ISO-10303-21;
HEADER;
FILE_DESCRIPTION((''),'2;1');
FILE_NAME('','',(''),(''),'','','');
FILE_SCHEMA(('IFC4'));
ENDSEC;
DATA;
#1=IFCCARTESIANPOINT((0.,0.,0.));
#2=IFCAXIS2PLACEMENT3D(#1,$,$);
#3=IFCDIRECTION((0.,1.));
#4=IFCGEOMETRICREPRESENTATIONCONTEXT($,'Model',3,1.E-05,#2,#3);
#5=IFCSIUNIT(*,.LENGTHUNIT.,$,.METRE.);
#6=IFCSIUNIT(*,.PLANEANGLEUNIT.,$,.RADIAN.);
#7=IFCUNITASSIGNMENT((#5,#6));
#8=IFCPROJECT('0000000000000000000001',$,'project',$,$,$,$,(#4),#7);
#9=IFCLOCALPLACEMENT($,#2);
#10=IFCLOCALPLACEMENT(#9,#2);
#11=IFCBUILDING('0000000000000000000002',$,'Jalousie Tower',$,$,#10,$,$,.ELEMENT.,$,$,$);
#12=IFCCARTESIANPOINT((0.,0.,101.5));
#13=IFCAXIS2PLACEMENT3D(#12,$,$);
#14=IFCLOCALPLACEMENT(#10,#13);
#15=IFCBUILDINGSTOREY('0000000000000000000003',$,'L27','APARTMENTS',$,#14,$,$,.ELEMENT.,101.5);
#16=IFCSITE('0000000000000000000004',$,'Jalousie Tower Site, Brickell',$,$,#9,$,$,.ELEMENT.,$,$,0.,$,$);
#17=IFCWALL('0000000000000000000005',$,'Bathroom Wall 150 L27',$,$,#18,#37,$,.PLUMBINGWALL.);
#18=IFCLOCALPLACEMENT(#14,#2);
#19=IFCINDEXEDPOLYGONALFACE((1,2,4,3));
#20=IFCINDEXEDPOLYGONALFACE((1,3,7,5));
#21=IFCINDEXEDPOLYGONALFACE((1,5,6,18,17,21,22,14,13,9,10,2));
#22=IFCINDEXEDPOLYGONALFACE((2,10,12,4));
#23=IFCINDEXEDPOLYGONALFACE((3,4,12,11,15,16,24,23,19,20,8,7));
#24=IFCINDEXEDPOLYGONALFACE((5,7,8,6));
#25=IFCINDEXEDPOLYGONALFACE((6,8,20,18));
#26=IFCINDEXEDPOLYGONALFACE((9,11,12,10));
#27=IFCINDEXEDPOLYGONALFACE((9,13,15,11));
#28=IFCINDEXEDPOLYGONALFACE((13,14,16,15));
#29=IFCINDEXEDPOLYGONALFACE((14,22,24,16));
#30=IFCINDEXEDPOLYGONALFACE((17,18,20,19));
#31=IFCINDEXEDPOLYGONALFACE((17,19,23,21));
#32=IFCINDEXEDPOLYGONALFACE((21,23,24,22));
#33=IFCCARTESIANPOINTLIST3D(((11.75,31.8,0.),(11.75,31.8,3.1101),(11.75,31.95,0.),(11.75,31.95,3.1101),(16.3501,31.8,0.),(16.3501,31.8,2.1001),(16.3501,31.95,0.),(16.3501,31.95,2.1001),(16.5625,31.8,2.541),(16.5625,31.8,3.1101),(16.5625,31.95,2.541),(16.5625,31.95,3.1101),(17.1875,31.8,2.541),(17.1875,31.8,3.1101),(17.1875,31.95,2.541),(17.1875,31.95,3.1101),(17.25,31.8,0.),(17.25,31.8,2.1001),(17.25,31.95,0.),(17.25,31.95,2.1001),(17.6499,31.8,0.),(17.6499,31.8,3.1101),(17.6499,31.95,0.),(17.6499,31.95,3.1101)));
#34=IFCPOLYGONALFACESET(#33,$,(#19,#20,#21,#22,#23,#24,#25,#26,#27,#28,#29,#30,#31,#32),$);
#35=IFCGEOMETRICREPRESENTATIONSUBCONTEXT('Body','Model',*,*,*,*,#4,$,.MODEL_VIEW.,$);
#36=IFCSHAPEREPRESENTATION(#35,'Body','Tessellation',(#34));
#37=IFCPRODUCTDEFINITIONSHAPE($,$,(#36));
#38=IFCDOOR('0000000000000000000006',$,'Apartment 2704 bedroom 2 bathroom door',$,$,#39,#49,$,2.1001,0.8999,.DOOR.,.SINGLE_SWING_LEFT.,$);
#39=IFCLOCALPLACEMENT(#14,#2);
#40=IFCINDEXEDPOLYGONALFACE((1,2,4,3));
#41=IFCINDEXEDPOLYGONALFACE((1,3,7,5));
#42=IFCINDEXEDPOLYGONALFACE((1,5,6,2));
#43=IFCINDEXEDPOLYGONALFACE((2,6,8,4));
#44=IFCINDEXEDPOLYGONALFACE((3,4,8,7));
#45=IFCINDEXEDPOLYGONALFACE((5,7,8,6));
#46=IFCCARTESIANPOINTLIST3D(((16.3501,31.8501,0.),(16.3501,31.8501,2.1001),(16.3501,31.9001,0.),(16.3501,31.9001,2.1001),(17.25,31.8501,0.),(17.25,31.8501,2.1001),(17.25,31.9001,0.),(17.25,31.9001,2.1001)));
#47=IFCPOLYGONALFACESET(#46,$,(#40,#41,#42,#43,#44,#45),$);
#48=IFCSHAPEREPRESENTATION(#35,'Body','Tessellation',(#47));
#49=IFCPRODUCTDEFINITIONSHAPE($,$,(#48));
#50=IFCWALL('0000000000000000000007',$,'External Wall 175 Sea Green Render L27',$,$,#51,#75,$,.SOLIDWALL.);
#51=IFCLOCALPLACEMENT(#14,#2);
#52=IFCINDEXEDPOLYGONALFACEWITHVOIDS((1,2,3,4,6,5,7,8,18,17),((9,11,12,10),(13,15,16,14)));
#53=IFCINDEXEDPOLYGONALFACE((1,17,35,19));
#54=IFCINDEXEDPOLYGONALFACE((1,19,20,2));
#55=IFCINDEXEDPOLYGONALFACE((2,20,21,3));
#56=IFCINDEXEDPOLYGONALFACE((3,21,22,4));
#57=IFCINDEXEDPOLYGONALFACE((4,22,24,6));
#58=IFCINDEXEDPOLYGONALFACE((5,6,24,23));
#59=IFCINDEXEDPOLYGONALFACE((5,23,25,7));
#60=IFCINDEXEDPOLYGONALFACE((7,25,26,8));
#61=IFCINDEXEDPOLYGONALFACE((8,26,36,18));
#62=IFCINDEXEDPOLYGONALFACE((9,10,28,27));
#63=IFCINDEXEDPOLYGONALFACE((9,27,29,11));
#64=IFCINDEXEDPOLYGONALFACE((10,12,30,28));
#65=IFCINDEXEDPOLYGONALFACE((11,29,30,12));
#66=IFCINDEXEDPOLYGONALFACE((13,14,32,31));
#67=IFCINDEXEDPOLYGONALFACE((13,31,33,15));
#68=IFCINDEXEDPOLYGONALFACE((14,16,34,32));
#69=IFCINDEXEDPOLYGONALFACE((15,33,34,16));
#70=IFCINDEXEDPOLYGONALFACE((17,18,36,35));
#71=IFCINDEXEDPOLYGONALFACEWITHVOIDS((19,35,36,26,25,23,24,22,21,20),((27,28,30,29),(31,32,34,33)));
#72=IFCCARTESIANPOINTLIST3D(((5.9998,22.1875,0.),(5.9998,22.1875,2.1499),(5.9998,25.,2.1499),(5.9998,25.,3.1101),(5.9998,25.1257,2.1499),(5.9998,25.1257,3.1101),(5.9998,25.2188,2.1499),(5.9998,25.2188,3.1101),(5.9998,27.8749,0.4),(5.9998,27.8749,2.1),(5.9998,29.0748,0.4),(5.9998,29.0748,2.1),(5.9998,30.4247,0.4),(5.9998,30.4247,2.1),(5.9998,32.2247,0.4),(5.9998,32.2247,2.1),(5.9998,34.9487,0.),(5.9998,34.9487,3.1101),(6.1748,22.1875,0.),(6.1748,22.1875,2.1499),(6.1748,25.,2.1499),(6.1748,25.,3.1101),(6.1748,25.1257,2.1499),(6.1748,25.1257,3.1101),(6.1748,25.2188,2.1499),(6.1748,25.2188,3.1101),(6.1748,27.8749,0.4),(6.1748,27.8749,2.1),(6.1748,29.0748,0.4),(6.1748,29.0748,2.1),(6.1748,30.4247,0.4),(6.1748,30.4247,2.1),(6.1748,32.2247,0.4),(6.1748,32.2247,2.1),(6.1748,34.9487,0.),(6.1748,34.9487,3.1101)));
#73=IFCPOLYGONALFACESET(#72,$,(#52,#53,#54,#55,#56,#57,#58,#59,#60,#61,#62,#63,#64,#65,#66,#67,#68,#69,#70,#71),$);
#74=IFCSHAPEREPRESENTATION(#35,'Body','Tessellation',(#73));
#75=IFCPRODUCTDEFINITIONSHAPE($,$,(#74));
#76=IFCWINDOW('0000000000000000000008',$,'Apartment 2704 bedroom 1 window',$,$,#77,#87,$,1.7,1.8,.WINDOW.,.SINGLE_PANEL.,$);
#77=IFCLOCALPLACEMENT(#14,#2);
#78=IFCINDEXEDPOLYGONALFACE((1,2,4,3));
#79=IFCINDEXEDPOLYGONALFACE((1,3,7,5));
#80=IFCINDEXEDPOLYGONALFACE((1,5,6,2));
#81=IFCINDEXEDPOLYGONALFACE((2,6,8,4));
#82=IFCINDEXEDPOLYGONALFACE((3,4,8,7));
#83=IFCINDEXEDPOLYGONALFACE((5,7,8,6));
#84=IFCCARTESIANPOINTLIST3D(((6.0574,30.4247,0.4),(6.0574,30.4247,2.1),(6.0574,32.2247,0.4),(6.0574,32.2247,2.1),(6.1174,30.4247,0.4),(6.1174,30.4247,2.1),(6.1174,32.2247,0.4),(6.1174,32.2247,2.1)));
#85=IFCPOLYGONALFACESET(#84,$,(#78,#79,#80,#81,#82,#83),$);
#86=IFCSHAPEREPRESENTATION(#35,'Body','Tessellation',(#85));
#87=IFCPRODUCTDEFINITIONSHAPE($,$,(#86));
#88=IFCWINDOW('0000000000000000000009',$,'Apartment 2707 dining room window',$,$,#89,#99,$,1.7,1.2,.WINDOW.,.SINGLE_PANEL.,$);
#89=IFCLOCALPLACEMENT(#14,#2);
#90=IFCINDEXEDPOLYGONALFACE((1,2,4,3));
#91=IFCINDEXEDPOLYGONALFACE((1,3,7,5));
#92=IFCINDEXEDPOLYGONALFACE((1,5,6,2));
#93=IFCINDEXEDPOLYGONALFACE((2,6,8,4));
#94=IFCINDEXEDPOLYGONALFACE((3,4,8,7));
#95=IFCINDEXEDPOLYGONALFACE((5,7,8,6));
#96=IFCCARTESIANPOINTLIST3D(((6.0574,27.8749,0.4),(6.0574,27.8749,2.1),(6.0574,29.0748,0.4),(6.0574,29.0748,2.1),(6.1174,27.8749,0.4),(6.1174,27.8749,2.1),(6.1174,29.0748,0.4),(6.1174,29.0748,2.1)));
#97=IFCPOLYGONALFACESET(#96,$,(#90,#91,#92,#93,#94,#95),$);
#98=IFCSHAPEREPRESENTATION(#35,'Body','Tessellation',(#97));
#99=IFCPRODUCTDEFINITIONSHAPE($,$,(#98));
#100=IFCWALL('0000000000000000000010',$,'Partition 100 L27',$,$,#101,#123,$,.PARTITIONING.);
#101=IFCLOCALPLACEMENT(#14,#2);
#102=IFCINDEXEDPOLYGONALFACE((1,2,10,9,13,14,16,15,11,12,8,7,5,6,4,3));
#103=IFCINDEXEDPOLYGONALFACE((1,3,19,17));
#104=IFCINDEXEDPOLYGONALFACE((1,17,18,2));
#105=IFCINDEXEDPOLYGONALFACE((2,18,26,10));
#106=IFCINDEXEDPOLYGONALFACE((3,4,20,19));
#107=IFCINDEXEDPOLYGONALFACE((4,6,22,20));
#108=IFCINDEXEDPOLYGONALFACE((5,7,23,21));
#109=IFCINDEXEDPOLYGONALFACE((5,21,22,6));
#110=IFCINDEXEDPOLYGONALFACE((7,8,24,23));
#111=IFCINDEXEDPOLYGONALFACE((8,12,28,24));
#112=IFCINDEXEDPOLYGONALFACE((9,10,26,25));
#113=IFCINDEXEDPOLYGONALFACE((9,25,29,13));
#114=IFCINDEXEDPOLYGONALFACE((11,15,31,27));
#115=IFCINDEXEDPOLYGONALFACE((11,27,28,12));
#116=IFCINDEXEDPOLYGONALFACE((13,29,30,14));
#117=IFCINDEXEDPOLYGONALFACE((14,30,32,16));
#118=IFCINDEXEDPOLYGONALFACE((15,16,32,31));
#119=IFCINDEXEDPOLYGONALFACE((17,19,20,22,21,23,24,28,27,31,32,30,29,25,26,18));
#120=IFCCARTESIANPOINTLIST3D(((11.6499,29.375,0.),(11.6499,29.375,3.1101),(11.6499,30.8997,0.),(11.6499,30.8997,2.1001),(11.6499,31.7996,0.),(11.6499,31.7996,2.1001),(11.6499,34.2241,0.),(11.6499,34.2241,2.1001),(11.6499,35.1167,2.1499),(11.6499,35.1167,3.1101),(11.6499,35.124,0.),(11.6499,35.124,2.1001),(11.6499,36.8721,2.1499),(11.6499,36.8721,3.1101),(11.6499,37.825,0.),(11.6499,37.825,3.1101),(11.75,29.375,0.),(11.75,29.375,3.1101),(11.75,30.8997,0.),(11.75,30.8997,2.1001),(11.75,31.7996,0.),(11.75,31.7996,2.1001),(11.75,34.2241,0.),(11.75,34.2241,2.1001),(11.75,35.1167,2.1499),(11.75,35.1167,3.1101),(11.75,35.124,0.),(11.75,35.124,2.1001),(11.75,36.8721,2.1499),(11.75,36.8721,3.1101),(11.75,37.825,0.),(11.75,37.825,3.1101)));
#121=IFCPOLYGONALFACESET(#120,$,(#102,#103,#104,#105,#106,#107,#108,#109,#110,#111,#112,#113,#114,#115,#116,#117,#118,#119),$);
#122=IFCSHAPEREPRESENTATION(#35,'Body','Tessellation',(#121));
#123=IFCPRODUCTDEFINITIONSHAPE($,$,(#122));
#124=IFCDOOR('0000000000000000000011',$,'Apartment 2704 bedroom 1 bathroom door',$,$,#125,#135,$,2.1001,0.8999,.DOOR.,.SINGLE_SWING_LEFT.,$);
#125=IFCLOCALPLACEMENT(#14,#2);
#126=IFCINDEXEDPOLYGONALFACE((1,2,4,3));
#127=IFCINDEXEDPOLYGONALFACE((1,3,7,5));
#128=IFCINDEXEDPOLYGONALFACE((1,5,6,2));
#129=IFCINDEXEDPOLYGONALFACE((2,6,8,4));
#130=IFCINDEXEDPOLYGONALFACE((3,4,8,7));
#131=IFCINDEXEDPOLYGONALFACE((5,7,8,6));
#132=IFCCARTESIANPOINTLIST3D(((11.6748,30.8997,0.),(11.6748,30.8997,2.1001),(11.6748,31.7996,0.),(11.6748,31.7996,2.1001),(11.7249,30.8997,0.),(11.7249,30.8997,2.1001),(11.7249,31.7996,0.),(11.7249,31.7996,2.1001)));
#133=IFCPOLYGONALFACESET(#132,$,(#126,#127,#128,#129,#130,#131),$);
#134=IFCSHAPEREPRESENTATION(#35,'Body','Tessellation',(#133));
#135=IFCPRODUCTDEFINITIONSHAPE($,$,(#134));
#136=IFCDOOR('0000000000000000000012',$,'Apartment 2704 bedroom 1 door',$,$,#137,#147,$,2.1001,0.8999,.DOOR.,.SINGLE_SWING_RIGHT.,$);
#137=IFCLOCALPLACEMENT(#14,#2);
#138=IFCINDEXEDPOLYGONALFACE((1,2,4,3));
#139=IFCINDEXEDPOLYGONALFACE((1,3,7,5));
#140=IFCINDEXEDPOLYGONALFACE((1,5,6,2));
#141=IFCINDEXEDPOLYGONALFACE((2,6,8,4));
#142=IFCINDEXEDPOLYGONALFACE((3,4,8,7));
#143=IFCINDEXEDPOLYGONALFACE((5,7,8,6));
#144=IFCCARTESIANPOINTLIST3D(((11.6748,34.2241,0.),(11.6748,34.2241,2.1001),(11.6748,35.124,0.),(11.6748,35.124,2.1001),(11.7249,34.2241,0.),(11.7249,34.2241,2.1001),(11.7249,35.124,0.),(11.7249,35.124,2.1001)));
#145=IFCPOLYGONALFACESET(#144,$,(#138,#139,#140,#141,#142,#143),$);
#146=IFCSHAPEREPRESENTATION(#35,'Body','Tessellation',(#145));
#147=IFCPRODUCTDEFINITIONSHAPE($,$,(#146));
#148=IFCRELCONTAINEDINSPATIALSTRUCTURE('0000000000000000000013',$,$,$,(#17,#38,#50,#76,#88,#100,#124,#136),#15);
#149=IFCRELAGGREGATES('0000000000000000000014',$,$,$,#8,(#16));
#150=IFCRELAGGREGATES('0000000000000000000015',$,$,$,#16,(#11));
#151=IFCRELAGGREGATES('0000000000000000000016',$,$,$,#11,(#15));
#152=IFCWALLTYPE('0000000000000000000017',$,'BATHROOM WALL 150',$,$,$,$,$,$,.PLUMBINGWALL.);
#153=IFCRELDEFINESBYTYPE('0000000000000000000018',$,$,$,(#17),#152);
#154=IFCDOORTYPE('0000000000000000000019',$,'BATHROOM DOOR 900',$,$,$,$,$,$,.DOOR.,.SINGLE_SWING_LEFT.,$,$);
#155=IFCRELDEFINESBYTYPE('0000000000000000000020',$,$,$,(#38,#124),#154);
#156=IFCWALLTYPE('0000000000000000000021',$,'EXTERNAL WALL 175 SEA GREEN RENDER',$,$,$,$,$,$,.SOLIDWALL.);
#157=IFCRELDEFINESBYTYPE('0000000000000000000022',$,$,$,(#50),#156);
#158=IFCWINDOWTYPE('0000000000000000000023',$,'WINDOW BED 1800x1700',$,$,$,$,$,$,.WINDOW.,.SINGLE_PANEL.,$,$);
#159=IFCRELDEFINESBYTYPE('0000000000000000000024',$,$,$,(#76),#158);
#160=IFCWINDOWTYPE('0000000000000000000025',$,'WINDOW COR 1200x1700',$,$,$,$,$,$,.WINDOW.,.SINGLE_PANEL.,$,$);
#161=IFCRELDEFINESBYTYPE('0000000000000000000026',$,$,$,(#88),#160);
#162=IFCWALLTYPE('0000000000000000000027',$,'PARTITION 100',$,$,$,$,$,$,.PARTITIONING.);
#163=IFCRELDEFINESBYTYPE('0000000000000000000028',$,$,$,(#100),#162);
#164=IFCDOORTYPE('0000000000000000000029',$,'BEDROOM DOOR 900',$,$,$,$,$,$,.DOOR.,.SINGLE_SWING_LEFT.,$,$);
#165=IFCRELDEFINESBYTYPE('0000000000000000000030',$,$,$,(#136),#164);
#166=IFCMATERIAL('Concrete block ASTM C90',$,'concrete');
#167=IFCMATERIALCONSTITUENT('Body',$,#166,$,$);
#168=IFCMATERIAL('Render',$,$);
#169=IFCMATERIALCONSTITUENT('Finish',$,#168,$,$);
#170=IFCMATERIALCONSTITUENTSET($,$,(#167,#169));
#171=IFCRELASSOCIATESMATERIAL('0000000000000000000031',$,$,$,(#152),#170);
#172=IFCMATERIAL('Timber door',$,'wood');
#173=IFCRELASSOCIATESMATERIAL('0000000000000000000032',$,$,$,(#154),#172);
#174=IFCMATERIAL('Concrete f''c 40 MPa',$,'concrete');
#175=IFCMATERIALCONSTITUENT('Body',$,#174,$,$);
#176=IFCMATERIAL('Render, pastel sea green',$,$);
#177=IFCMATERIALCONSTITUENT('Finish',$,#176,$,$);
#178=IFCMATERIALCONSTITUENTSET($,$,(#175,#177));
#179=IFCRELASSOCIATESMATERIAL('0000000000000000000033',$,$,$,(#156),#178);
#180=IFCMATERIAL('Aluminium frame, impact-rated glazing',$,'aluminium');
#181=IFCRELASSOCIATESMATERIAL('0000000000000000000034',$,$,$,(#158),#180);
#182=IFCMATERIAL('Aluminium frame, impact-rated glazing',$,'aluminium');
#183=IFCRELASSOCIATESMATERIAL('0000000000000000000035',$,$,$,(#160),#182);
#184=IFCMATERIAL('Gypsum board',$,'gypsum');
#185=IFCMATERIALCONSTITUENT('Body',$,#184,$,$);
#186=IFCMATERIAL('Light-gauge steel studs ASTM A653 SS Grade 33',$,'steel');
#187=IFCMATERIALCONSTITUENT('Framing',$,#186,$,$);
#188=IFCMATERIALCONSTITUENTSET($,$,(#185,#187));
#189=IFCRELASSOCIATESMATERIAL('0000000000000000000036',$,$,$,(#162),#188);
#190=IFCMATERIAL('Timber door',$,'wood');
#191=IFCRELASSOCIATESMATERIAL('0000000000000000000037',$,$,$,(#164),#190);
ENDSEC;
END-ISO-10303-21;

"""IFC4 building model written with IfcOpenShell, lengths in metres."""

from ifc_helpers import new_model, si_unit, direction, frame, frame_2d, origin, place, context, subcontext, project, spatial, polyline, rectangle, outline, extrude, material, constituent, constituent_set, type_object, element, fill, save


model = new_model("IFC4")

# Units and contexts
model_context = context("Model", 3, precision=1e-05, world=origin(), true_north=direction((0.0, 1.0)))
body_context = subcontext(model_context, "Body", "Model", "MODEL_VIEW")
ifc_project = project(units=[si_unit("LENGTHUNIT", "METRE"), si_unit("PLANEANGLEUNIT", "RADIAN")], contexts=[model_context])

# Site, building, storey
site_placement = place(None, origin())
site = spatial("IfcSite", under=ifc_project, at=site_placement, Name="Jalousie Tower Site, Brickell", CompositionType="ELEMENT", RefElevation=0.0)
building_placement = place(site_placement, origin())
building = spatial("IfcBuilding", under=site, at=building_placement, Name="Jalousie Tower", CompositionType="ELEMENT")
storey_placement = place(building_placement, frame((0.0, 0.0, 101.5)))
storey = spatial("IfcBuildingStorey", under=building, at=storey_placement, Name="L27", Description="APARTMENTS", CompositionType="ELEMENT", Elevation=101.5)

# Wall, opening, door
ifc_material_1 = material(Name="Concrete block ASTM C90", Category="concrete")
ifc_constituent_1 = constituent(ifc_material_1, Name="Body")
ifc_material_2 = material(Name="Render")
ifc_constituent_2 = constituent(ifc_material_2, Name="Finish")
ifc_constituent_set_1 = constituent_set(constituents=[ifc_constituent_1, ifc_constituent_2])
wall_type_1 = type_object("IfcWallType", Name="BATHROOM WALL 150", PredefinedType="PLUMBINGWALL", material=ifc_constituent_set_1)
wall_1_placement = place(storey_placement, frame((11.75, 31.875, 0.0), z_axis=(0.0, 0.0, 1.0), x_axis=(1.0, 0.0, 0.0)))
wall_1 = element("IfcWall", 1, at=wall_1_placement, inside=storey, type_object=wall_type_1, Name="Bathroom Wall 150 L27", PredefinedType="PLUMBINGWALL", context=body_context, shape_type="SweptSolid", body=[
    extrude(outline(polyline([(0.0, 0.0), (5.8999, 0.0), (5.8999, 3.1101), (5.4375, 3.1101), (5.4375, 2.541), (4.8125, 2.541), (4.8125, 3.1101), (0.0, 3.1101), (0.0, 0.0)])), frame((0.0, 0.075, 0.0), z_axis=(0.0, -1.0, 0.0), x_axis=(1.0, 0.0, 0.0)), (0.0, 0.0, 1.0), 0.1499),
])
opening_1_placement = place(wall_1_placement, frame((4.6001, 0.0, 0.0)))
opening_1 = element("IfcOpeningElement", 2, at=opening_1_placement, cuts=wall_1, PredefinedType="OPENING", context=body_context, shape_type="SweptSolid", body=[
    extrude(rectangle(XDim=0.8999, YDim=2.1001, at=frame_2d((0.45, 1.05))), frame((0.0, 0.085, 0.0), z_axis=(0.0, -1.0, 0.0), x_axis=(1.0, 0.0, 0.0)), (0.0, 0.0, 1.0), 0.1699),
])
ifc_material_3 = material(Name="Timber door", Category="wood")
door_type_1 = type_object("IfcDoorType", Name="BATHROOM DOOR 900", OperationType="SINGLE_SWING_LEFT", PredefinedType="DOOR", material=ifc_material_3)
door_1_placement = place(opening_1_placement, frame((0.8999, 0.0, 0.0), z_axis=(0.0, 0.0, 1.0), x_axis=(-1.0, 0.0, 0.0)))
door_1 = element("IfcDoor", 3, at=door_1_placement, inside=storey, type_object=door_type_1, Name="Apartment 2704 bedroom 2 bathroom door", OperationType="SINGLE_SWING_LEFT", OverallHeight=2.1001, OverallWidth=0.8999, PredefinedType="DOOR", context=body_context, shape_type="SweptSolid", body=[
    extrude(rectangle(XDim=0.8999, YDim=2.1001, at=frame_2d((0.45, 1.05))), frame((0.0, 0.0249, 0.0), z_axis=(0.0, -1.0, 0.0), x_axis=(1.0, 0.0, 0.0)), (0.0, 0.0, 1.0), 0.05),
])
fill(opening_1, door_1)

# Wall, openings, windows
ifc_material_4 = material(Name="Concrete f'c 40 MPa", Category="concrete")
ifc_constituent_3 = constituent(ifc_material_4, Name="Body")
ifc_material_5 = material(Name="Render, pastel sea green")
ifc_constituent_4 = constituent(ifc_material_5, Name="Finish")
ifc_constituent_set_2 = constituent_set(constituents=[ifc_constituent_3, ifc_constituent_4])
wall_type_2 = type_object("IfcWallType", Name="EXTERNAL WALL 175 SEA GREEN RENDER", PredefinedType="SOLIDWALL", material=ifc_constituent_set_2)
wall_2_placement = place(storey_placement, frame((6.0874, 34.9487, 0.0), z_axis=(0.0, 0.0, 1.0), x_axis=(0.0, -1.0, 0.0)))
wall_2 = element("IfcWall", 4, at=wall_2_placement, inside=storey, type_object=wall_type_2, Name="External Wall 175 Sea Green Render L27", PredefinedType="SOLIDWALL", context=body_context, shape_type="SweptSolid", body=[
    extrude(outline(polyline([(0.0, 0.0), (12.7612, 0.0), (12.7612, 2.1499), (9.9487, 2.1499), (9.9487, 3.1101), (9.823, 3.1101), (9.823, 2.1499), (9.73, 2.1499), (9.73, 3.1101), (0.0, 3.1101), (0.0, 0.0)])), frame((0.0, 0.0874, 0.0), z_axis=(0.0, -1.0, 0.0), x_axis=(1.0, 0.0, 0.0)), (0.0, 0.0, 1.0), 0.175),
])
opening_2_placement = place(wall_2_placement, frame((2.7241, 0.0, 0.3999)))
opening_2 = element("IfcOpeningElement", 5, at=opening_2_placement, cuts=wall_2, PredefinedType="OPENING", context=body_context, shape_type="SweptSolid", body=[
    extrude(rectangle(XDim=1.8, YDim=1.7, at=frame_2d((0.8999, 0.8501))), frame((0.0, 0.0974, 0.0), z_axis=(0.0, -1.0, 0.0), x_axis=(1.0, 0.0, 0.0)), (0.0, 0.0, 1.0), 0.1951),
])
opening_3_placement = place(wall_2_placement, frame((5.8738, 0.0, 0.3999)))
opening_3 = element("IfcOpeningElement", 6, at=opening_3_placement, cuts=wall_2, PredefinedType="OPENING", context=body_context, shape_type="SweptSolid", body=[
    extrude(rectangle(XDim=1.2, YDim=1.7, at=frame_2d((0.6001, 0.8501))), frame((0.0, 0.0974, 0.0), z_axis=(0.0, -1.0, 0.0), x_axis=(1.0, 0.0, 0.0)), (0.0, 0.0, 1.0), 0.1951),
])
ifc_material_6 = material(Name="Aluminium frame, impact-rated glazing", Category="aluminium")
window_type_1 = type_object("IfcWindowType", Name="WINDOW BED 1800x1700", PartitioningType="SINGLE_PANEL", PredefinedType="WINDOW", material=ifc_material_6)
window_1_placement = place(opening_2_placement, origin())
window_1 = element("IfcWindow", 7, at=window_1_placement, inside=storey, type_object=window_type_1, Name="Apartment 2704 bedroom 1 window", OverallHeight=1.7, OverallWidth=1.8, PartitioningType="SINGLE_PANEL", PredefinedType="WINDOW", context=body_context, shape_type="SweptSolid", body=[
    extrude(rectangle(XDim=1.8, YDim=1.7, at=frame_2d((0.8999, 0.8501))), frame((0.0, 0.03, 0.0), z_axis=(0.0, -1.0, 0.0), x_axis=(1.0, 0.0, 0.0)), (0.0, 0.0, 1.0), 0.0601),
])
fill(opening_2, window_1)
ifc_material_7 = material(Name="Aluminium frame, impact-rated glazing", Category="aluminium")
window_type_2 = type_object("IfcWindowType", Name="WINDOW COR 1200x1700", PartitioningType="SINGLE_PANEL", PredefinedType="WINDOW", material=ifc_material_7)
window_2_placement = place(opening_3_placement, origin())
window_2 = element("IfcWindow", 8, at=window_2_placement, inside=storey, type_object=window_type_2, Name="Apartment 2707 dining room window", OverallHeight=1.7, OverallWidth=1.2, PartitioningType="SINGLE_PANEL", PredefinedType="WINDOW", context=body_context, shape_type="SweptSolid", body=[
    extrude(rectangle(XDim=1.2, YDim=1.7, at=frame_2d((0.6001, 0.8501))), frame((0.0, 0.03, 0.0), z_axis=(0.0, -1.0, 0.0), x_axis=(1.0, 0.0, 0.0)), (0.0, 0.0, 1.0), 0.0601),
])
fill(opening_3, window_2)

# Wall, openings, doors
ifc_material_8 = material(Name="Gypsum board", Category="gypsum")
ifc_constituent_5 = constituent(ifc_material_8, Name="Body")
ifc_material_9 = material(Name="Light-gauge steel studs ASTM A653 SS Grade 33", Category="steel")
ifc_constituent_6 = constituent(ifc_material_9, Name="Framing")
ifc_constituent_set_3 = constituent_set(constituents=[ifc_constituent_5, ifc_constituent_6])
wall_type_3 = type_object("IfcWallType", Name="PARTITION 100", PredefinedType="PARTITIONING", material=ifc_constituent_set_3)
wall_3_placement = place(storey_placement, frame((11.7, 37.825, 0.0), z_axis=(0.0, 0.0, 1.0), x_axis=(0.0, -1.0, 0.0)))
wall_3 = element("IfcWall", 9, at=wall_3_placement, inside=storey, type_object=wall_type_3, Name="Partition 100 L27", PredefinedType="PARTITIONING", context=body_context, shape_type="SweptSolid", body=[
    extrude(outline(polyline([(0.0, 0.0), (8.45, 0.0), (8.45, 3.1101), (2.7083, 3.1101), (2.7083, 2.1499), (0.9529, 2.1499), (0.9529, 3.1101), (0.0, 3.1101), (0.0, 0.0)])), frame((0.0, 0.05, 0.0), z_axis=(0.0, -1.0, 0.0), x_axis=(1.0, 0.0, 0.0)), (0.0, 0.0, 1.0), 0.1001),
])
opening_4_placement = place(wall_3_placement, frame((2.7009, 0.0, 0.0)))
opening_4 = element("IfcOpeningElement", 10, at=opening_4_placement, cuts=wall_3, PredefinedType="OPENING", context=body_context, shape_type="SweptSolid", body=[
    extrude(rectangle(XDim=0.8999, YDim=2.1001, at=frame_2d((0.45, 1.05))), frame((0.0, 0.0601, 0.0), z_axis=(0.0, -1.0, 0.0), x_axis=(1.0, 0.0, 0.0)), (0.0, 0.0, 1.0), 0.1201),
])
opening_5_placement = place(wall_3_placement, frame((6.0254, 0.0, 0.0)))
opening_5 = element("IfcOpeningElement", 11, at=opening_5_placement, cuts=wall_3, PredefinedType="OPENING", context=body_context, shape_type="SweptSolid", body=[
    extrude(rectangle(XDim=0.8999, YDim=2.1001, at=frame_2d((0.45, 1.05))), frame((0.0, 0.0601, 0.0), z_axis=(0.0, -1.0, 0.0), x_axis=(1.0, 0.0, 0.0)), (0.0, 0.0, 1.0), 0.1201),
])
door_2_placement = place(opening_5_placement, origin())
door_2 = element("IfcDoor", 12, at=door_2_placement, inside=storey, type_object=door_type_1, Name="Apartment 2704 bedroom 1 bathroom door", OperationType="SINGLE_SWING_LEFT", OverallHeight=2.1001, OverallWidth=0.8999, PredefinedType="DOOR", context=body_context, shape_type="SweptSolid", body=[
    extrude(rectangle(XDim=0.8999, YDim=2.1001, at=frame_2d((0.45, 1.05))), frame((0.0, 0.0249, 0.0), z_axis=(0.0, -1.0, 0.0), x_axis=(1.0, 0.0, 0.0)), (0.0, 0.0, 1.0), 0.05),
])
fill(opening_5, door_2)
ifc_material_10 = material(Name="Timber door", Category="wood")
door_type_2 = type_object("IfcDoorType", Name="BEDROOM DOOR 900", OperationType="SINGLE_SWING_LEFT", PredefinedType="DOOR", material=ifc_material_10)
door_3_placement = place(opening_4_placement, origin())
door_3 = element("IfcDoor", 13, at=door_3_placement, inside=storey, type_object=door_type_2, Name="Apartment 2704 bedroom 1 door", OperationType="SINGLE_SWING_RIGHT", OverallHeight=2.1001, OverallWidth=0.8999, PredefinedType="DOOR", context=body_context, shape_type="SweptSolid", body=[
    extrude(rectangle(XDim=0.8999, YDim=2.1001, at=frame_2d((0.45, 1.05))), frame((0.0, 0.0249, 0.0), z_axis=(0.0, -1.0, 0.0), x_axis=(1.0, 0.0, 0.0)), (0.0, 0.0, 1.0), 0.05),
])
fill(opening_4, door_3)

save(model, "model.ifc")
